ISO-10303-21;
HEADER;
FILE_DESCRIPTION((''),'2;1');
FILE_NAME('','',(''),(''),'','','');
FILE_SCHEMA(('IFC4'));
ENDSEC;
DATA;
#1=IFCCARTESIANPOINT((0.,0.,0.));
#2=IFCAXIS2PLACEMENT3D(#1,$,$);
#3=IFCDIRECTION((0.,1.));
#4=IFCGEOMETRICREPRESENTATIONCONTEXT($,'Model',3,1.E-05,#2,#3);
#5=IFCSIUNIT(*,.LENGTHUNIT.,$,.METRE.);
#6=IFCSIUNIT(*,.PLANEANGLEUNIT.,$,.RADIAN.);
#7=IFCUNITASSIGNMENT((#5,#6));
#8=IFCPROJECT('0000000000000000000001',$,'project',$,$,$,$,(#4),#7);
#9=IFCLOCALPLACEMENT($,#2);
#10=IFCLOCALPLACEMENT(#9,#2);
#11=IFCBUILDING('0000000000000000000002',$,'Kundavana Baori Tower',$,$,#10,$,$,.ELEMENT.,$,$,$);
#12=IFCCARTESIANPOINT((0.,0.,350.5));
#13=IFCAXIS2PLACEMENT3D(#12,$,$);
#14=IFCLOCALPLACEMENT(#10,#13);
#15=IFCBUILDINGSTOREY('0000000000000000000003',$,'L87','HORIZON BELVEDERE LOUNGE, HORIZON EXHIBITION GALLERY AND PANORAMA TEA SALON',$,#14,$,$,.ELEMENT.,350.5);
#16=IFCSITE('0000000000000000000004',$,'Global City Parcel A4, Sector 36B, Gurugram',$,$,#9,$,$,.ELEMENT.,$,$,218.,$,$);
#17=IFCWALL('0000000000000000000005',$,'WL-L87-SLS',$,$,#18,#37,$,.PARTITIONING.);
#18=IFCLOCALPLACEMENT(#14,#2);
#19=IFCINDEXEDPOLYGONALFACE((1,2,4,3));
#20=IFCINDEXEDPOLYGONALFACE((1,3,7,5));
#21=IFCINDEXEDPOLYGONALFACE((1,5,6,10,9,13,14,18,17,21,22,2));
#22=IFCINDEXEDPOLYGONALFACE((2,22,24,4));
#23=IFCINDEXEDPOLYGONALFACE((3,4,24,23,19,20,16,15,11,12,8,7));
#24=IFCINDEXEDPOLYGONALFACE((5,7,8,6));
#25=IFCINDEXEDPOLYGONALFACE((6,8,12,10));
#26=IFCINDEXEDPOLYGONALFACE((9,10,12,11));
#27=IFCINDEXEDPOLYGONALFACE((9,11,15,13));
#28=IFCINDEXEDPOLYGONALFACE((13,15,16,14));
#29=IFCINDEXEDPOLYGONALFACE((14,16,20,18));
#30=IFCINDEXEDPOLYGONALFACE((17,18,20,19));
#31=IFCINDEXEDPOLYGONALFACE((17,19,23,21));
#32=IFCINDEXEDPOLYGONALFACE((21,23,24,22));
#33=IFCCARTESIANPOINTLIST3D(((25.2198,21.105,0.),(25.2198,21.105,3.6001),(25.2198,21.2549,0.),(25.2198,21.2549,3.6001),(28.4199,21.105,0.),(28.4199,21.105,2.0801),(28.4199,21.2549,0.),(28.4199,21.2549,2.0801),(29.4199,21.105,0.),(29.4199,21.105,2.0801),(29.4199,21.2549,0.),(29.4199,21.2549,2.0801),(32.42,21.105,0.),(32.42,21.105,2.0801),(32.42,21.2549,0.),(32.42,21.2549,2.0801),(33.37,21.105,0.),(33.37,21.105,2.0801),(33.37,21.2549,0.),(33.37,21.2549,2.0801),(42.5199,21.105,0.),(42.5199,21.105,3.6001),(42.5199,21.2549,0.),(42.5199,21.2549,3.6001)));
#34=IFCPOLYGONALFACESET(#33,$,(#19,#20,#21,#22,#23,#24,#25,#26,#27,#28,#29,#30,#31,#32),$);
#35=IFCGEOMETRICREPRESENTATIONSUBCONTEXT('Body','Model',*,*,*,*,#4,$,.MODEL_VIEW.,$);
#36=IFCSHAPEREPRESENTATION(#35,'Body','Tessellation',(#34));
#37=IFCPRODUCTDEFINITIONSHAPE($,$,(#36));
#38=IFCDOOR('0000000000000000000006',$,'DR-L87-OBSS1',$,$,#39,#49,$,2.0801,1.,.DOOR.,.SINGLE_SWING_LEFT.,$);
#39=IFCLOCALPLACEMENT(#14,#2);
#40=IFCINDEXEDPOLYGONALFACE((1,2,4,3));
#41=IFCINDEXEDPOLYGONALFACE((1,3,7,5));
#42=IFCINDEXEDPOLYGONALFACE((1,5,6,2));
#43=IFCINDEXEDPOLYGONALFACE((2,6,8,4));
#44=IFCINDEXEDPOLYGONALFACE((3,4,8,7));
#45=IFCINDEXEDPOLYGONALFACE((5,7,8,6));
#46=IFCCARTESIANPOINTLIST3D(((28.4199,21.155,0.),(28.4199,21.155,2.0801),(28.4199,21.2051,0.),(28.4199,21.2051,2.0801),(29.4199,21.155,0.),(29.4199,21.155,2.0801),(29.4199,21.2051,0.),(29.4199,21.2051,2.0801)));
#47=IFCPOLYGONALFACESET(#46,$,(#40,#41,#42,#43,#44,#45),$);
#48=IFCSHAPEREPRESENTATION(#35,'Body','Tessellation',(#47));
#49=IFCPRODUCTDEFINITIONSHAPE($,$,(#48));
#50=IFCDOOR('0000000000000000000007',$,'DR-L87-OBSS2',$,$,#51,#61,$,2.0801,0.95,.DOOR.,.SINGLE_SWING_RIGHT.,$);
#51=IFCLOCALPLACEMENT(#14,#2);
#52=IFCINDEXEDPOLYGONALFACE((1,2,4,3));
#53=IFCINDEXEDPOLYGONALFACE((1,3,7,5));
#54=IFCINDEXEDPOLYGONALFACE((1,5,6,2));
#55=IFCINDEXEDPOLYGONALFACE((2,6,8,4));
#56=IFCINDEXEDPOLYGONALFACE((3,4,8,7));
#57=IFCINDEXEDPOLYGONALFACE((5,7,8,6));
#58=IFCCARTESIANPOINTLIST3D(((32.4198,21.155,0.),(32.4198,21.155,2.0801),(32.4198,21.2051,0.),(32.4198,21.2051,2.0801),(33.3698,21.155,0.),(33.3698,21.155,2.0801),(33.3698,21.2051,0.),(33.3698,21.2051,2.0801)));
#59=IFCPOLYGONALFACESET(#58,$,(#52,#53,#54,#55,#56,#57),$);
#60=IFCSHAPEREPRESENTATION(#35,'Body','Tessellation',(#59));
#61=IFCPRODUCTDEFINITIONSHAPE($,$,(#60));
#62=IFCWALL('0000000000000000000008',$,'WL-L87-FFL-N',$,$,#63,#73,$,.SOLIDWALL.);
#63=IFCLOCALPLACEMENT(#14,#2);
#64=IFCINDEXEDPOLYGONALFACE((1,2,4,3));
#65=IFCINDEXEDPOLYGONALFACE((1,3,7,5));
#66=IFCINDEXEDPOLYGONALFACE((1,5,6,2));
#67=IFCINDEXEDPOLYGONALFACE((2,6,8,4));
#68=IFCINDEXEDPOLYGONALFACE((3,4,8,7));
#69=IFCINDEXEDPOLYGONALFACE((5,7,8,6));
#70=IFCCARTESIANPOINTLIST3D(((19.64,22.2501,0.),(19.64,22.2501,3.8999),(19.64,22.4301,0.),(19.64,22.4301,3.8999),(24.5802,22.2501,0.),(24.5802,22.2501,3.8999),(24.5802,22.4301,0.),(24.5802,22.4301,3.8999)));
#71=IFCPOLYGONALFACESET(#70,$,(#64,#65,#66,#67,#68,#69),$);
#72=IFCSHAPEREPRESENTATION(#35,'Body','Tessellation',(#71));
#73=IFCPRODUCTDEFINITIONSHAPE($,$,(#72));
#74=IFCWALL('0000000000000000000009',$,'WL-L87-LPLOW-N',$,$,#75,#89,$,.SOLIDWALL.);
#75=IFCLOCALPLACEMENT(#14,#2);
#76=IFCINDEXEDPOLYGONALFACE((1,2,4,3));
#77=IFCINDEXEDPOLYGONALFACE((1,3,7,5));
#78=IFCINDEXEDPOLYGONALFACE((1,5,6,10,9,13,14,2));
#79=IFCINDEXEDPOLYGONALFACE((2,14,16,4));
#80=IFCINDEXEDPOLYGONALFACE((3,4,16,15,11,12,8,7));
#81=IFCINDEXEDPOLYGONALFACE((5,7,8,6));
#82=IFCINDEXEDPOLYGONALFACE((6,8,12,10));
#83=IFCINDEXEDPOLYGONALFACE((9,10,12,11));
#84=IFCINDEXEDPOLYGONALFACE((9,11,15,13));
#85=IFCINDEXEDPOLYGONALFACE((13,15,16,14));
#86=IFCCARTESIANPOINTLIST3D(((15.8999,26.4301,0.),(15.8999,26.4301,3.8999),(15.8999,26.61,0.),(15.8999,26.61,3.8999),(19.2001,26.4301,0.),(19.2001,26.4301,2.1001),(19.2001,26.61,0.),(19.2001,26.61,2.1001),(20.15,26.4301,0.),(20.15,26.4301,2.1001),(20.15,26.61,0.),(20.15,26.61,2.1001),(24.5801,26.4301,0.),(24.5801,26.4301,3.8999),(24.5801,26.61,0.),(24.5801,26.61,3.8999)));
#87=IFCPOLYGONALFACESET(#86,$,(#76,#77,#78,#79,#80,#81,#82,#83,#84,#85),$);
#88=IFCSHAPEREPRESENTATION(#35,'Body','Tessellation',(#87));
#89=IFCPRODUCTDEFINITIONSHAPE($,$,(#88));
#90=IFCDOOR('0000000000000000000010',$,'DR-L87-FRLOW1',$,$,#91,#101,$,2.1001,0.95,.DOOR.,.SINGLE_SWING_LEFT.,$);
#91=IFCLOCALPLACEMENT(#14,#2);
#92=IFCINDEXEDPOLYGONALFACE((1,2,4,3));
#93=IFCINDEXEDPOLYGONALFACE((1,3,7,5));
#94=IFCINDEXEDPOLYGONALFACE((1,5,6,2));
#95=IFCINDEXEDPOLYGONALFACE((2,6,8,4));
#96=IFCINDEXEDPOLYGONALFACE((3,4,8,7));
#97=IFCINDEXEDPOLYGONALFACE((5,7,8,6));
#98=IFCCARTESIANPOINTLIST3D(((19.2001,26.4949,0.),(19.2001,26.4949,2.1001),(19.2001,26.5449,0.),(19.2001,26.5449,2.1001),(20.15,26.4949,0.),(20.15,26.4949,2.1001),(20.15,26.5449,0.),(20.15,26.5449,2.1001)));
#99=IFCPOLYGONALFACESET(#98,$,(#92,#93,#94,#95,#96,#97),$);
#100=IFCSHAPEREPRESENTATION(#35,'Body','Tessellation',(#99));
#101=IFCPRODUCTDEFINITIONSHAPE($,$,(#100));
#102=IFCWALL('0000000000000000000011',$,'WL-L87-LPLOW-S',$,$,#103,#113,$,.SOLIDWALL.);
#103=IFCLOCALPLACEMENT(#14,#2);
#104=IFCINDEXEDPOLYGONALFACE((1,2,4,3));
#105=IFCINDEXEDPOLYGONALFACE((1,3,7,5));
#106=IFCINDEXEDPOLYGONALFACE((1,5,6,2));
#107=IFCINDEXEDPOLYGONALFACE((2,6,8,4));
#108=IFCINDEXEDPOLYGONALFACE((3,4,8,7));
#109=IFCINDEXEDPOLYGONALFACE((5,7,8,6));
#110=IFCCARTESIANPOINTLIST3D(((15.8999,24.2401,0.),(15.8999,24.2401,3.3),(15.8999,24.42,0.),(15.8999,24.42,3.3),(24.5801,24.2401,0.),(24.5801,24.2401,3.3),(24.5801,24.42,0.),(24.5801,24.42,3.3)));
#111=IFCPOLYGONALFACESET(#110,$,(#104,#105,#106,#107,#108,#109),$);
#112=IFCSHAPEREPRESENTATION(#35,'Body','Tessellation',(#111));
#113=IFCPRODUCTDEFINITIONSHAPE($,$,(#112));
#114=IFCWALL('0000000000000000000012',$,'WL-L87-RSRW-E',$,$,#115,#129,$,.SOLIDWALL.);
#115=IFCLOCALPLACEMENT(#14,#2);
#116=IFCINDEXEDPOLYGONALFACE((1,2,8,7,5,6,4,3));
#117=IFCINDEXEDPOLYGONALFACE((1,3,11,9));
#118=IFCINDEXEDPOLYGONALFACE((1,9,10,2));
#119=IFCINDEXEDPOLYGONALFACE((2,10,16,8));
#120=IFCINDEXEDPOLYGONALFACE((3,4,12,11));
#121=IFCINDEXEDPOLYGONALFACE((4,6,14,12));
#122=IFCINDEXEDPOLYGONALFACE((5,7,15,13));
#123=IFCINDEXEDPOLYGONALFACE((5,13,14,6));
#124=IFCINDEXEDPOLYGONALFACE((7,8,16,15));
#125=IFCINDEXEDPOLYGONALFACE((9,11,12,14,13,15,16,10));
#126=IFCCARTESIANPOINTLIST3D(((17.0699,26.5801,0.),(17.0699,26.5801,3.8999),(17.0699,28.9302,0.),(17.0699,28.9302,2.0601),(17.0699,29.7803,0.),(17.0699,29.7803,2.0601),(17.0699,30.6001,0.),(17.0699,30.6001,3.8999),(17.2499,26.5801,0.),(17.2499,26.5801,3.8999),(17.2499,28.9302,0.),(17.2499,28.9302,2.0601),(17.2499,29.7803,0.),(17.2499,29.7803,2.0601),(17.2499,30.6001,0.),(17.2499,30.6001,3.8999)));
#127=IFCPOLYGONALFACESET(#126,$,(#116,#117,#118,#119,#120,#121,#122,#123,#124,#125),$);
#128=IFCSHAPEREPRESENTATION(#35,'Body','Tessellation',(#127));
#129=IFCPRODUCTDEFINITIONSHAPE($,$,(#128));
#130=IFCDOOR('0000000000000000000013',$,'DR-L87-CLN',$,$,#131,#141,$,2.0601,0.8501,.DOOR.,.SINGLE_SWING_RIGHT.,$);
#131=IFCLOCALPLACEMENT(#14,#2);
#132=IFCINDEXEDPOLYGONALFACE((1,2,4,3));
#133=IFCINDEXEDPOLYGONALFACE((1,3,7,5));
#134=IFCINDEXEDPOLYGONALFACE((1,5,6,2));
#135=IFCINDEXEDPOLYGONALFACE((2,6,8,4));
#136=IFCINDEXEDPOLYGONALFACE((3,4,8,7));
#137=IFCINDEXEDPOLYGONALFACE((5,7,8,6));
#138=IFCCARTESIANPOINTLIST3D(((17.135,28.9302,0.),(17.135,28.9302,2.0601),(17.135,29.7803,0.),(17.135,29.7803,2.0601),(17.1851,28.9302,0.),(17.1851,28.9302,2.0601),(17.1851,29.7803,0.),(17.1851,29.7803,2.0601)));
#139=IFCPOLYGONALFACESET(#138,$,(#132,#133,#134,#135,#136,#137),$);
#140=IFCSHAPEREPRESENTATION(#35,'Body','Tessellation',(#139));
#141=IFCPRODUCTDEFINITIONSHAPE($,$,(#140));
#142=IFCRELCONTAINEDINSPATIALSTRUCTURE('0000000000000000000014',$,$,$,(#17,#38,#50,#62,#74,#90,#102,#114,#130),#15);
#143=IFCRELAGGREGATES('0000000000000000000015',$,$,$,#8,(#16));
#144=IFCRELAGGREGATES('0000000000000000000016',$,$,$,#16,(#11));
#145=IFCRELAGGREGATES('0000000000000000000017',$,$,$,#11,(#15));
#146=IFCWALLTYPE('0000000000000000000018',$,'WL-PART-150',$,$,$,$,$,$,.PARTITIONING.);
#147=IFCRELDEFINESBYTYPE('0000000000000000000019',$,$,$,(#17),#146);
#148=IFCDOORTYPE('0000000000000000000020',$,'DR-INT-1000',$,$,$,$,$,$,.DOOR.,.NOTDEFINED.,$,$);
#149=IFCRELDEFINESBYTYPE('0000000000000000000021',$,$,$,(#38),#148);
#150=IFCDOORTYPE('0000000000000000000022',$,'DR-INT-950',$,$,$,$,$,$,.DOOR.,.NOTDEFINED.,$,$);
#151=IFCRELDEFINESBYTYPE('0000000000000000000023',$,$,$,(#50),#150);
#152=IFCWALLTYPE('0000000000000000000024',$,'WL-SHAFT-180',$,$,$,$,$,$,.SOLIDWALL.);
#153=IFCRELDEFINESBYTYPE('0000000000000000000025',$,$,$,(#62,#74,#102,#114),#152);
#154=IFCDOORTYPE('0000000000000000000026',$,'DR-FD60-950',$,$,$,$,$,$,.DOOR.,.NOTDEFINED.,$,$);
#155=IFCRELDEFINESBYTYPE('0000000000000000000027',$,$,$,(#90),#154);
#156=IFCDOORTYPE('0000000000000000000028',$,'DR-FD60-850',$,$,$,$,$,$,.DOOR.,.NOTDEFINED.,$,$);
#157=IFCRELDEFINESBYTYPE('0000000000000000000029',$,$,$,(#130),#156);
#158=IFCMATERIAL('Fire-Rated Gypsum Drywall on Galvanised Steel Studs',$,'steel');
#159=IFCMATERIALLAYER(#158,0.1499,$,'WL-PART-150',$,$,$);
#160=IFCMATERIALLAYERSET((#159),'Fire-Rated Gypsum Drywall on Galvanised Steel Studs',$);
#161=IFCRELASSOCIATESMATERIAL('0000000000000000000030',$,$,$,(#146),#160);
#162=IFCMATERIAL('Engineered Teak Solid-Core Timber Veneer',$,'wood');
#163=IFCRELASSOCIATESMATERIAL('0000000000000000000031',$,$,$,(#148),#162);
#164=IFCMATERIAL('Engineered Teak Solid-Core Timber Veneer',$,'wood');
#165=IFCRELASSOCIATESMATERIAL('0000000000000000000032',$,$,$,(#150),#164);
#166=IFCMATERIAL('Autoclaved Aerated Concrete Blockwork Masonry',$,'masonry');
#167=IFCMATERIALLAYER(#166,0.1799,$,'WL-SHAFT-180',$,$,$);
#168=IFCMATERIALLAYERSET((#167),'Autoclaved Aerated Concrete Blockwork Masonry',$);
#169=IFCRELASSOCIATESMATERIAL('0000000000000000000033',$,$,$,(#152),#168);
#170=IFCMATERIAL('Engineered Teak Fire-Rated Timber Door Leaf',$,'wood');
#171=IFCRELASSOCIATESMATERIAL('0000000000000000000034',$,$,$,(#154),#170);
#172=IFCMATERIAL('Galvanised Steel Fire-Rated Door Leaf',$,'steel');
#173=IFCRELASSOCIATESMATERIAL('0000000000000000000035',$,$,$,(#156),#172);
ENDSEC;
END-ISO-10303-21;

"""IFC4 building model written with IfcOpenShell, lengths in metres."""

from ifc_helpers import new_model, si_unit, direction, frame, frame_2d, origin, place, context, subcontext, project, spatial, rectangle, extrude, material, layer, layer_set, type_object, element, fill, save


model = new_model("IFC4")

# Units and contexts
model_context = context("Model", 3, precision=1e-05, world=origin(), true_north=direction((0.0, 1.0)))
body_context = subcontext(model_context, "Body", "Model", "MODEL_VIEW")
ifc_project = project(units=[si_unit("LENGTHUNIT", "METRE"), si_unit("PLANEANGLEUNIT", "RADIAN")], contexts=[model_context])

# Site, building, storey
site_placement = place(None, origin())
site = spatial("IfcSite", under=ifc_project, at=site_placement, Name="Global City Parcel A4, Sector 36B, Gurugram", CompositionType="ELEMENT", RefElevation=218.0)
building_placement = place(site_placement, origin())
building = spatial("IfcBuilding", under=site, at=building_placement, Name="Kundavana Baori Tower", CompositionType="ELEMENT")
storey_placement = place(building_placement, frame((0.0, 0.0, 350.5)))
storey = spatial("IfcBuildingStorey", under=building, at=storey_placement, Name="L87", Description="HORIZON BELVEDERE LOUNGE, HORIZON EXHIBITION GALLERY AND PANORAMA TEA SALON", CompositionType="ELEMENT", Elevation=350.5)

# Wall, openings, doors
ifc_material_1 = material(Name="Fire-Rated Gypsum Drywall on Galvanised Steel Studs", Category="steel")
ifc_layer_1 = layer(ifc_material_1, 0.1499, Name="WL-PART-150")
ifc_layer_set_1 = layer_set([ifc_layer_1], Name="Fire-Rated Gypsum Drywall on Galvanised Steel Studs")
wall_type_1 = type_object("IfcWallType", Name="WL-PART-150", PredefinedType="PARTITIONING", material=ifc_layer_set_1)
wall_1_placement = place(storey_placement, frame((25.22, 21.1799, 0.0), z_axis=(0.0, 0.0, 1.0), x_axis=(1.0, 0.0, 0.0)))
wall_1 = element("IfcWall", 1, at=wall_1_placement, inside=storey, type_object=wall_type_1, Name="WL-L87-SLS", PredefinedType="PARTITIONING", context=body_context, shape_type="SweptSolid", body=[
    extrude(rectangle(XDim=17.3, YDim=0.1499, at=frame_2d((8.6499, 0.0))), origin(), (0.0, 0.0, 1.0), 3.6001),
])
opening_1_placement = place(wall_1_placement, frame((3.2, 0.0, 0.0)))
opening_1 = element("IfcOpeningElement", 2, at=opening_1_placement, cuts=wall_1, PredefinedType="OPENING", context=body_context, shape_type="SweptSolid", body=[
    extrude(rectangle(XDim=1.0, YDim=2.0801, at=frame_2d((0.5, 1.04))), frame((0.0, 0.085, 0.0), z_axis=(0.0, -1.0, 0.0), x_axis=(1.0, 0.0, 0.0)), (0.0, 0.0, 1.0), 0.1699),
])
opening_2_placement = place(wall_1_placement, frame((7.2, 0.0, 0.0)))
opening_2 = element("IfcOpeningElement", 3, at=opening_2_placement, cuts=wall_1, PredefinedType="OPENING", context=body_context, shape_type="SweptSolid", body=[
    extrude(rectangle(XDim=0.95, YDim=2.0801, at=frame_2d((0.4751, 1.04))), frame((0.0, 0.085, 0.0), z_axis=(0.0, -1.0, 0.0), x_axis=(1.0, 0.0, 0.0)), (0.0, 0.0, 1.0), 0.1699),
])
ifc_material_2 = material(Name="Engineered Teak Solid-Core Timber Veneer", Category="wood")
door_type_1 = type_object("IfcDoorType", Name="DR-INT-1000", OperationType="NOTDEFINED", PredefinedType="DOOR", material=ifc_material_2)
door_1_placement = place(opening_1_placement, frame((1.0, 0.0, 0.0), z_axis=(0.0, 0.0, 1.0), x_axis=(-1.0, 0.0, 0.0)))
door_1 = element("IfcDoor", 4, at=door_1_placement, inside=storey, type_object=door_type_1, Name="DR-L87-OBSS1", OperationType="SINGLE_SWING_LEFT", OverallHeight=2.0801, OverallWidth=1.0, PredefinedType="DOOR", context=body_context, shape_type="SweptSolid", body=[
    extrude(rectangle(XDim=1.0, YDim=2.0801, at=frame_2d((0.5, 1.04))), frame((0.0, 0.0249, 0.0), z_axis=(0.0, -1.0, 0.0), x_axis=(1.0, 0.0, 0.0)), (0.0, 0.0, 1.0), 0.05),
])
fill(opening_1, door_1)
ifc_material_3 = material(Name="Engineered Teak Solid-Core Timber Veneer", Category="wood")
door_type_2 = type_object("IfcDoorType", Name="DR-INT-950", OperationType="NOTDEFINED", PredefinedType="DOOR", material=ifc_material_3)
door_2_placement = place(opening_2_placement, frame((0.95, 0.0, 0.0), z_axis=(0.0, 0.0, 1.0), x_axis=(-1.0, 0.0, 0.0)))
door_2 = element("IfcDoor", 5, at=door_2_placement, inside=storey, type_object=door_type_2, Name="DR-L87-OBSS2", OperationType="SINGLE_SWING_RIGHT", OverallHeight=2.0801, OverallWidth=0.95, PredefinedType="DOOR", context=body_context, shape_type="SweptSolid", body=[
    extrude(rectangle(XDim=0.95, YDim=2.0801, at=frame_2d((0.4751, 1.04))), frame((0.0, 0.0249, 0.0), z_axis=(0.0, -1.0, 0.0), x_axis=(1.0, 0.0, 0.0)), (0.0, 0.0, 1.0), 0.05),
])
fill(opening_2, door_2)

# Wall
ifc_material_4 = material(Name="Autoclaved Aerated Concrete Blockwork Masonry", Category="masonry")
ifc_layer_2 = layer(ifc_material_4, 0.1799, Name="WL-SHAFT-180")
ifc_layer_set_2 = layer_set([ifc_layer_2], Name="Autoclaved Aerated Concrete Blockwork Masonry")
wall_type_2 = type_object("IfcWallType", Name="WL-SHAFT-180", PredefinedType="SOLIDWALL", material=ifc_layer_set_2)
wall_2_placement = place(storey_placement, frame((19.6399, 22.3401, 0.0), z_axis=(0.0, 0.0, 1.0), x_axis=(1.0, 0.0, 0.0)))
element("IfcWall", 6, at=wall_2_placement, inside=storey, type_object=wall_type_2, Name="WL-L87-FFL-N", PredefinedType="SOLIDWALL", context=body_context, shape_type="SweptSolid", body=[
    extrude(rectangle(XDim=4.9402, YDim=0.1799, at=frame_2d((2.4702, 0.0))), origin(), (0.0, 0.0, 1.0), 3.8999),
])

# Wall, opening, door
wall_3_placement = place(storey_placement, frame((15.8999, 26.52, 0.0), z_axis=(0.0, 0.0, 1.0), x_axis=(1.0, 0.0, 0.0)))
wall_3 = element("IfcWall", 7, at=wall_3_placement, inside=storey, type_object=wall_type_2, Name="WL-L87-LPLOW-N", PredefinedType="SOLIDWALL", context=body_context, shape_type="SweptSolid", body=[
    extrude(rectangle(XDim=8.6802, YDim=0.1799, at=frame_2d((4.3401, 0.0))), origin(), (0.0, 0.0, 1.0), 3.8999),
])
opening_3_placement = place(wall_3_placement, frame((3.3, 0.0, 0.0)))
opening_3 = element("IfcOpeningElement", 8, at=opening_3_placement, cuts=wall_3, PredefinedType="OPENING", context=body_context, shape_type="SweptSolid", body=[
    extrude(rectangle(XDim=0.95, YDim=2.1001, at=frame_2d((0.4751, 1.05))), frame((0.0, 0.1001, 0.0), z_axis=(0.0, -1.0, 0.0), x_axis=(1.0, 0.0, 0.0)), (0.0, 0.0, 1.0), 0.2),
])
ifc_material_5 = material(Name="Engineered Teak Fire-Rated Timber Door Leaf", Category="wood")
door_type_3 = type_object("IfcDoorType", Name="DR-FD60-950", OperationType="NOTDEFINED", PredefinedType="DOOR", material=ifc_material_5)
door_3_placement = place(opening_3_placement, origin())
door_3 = element("IfcDoor", 9, at=door_3_placement, inside=storey, type_object=door_type_3, Name="DR-L87-FRLOW1", OperationType="SINGLE_SWING_LEFT", OverallHeight=2.1001, OverallWidth=0.95, PredefinedType="DOOR", context=body_context, shape_type="SweptSolid", body=[
    extrude(rectangle(XDim=0.95, YDim=2.1001, at=frame_2d((0.4751, 1.05))), frame((0.0, 0.0249, 0.0), z_axis=(0.0, -1.0, 0.0), x_axis=(1.0, 0.0, 0.0)), (0.0, 0.0, 1.0), 0.05),
])
fill(opening_3, door_3)

# Wall
wall_4_placement = place(storey_placement, frame((15.8999, 24.3301, 0.0), z_axis=(0.0, 0.0, 1.0), x_axis=(1.0, 0.0, 0.0)))
element("IfcWall", 10, at=wall_4_placement, inside=storey, type_object=wall_type_2, Name="WL-L87-LPLOW-S", PredefinedType="SOLIDWALL", context=body_context, shape_type="SweptSolid", body=[
    extrude(rectangle(XDim=8.6802, YDim=0.1799, at=frame_2d((4.3401, 0.0))), origin(), (0.0, 0.0, 1.0), 3.3),
])

# Wall, opening, door
wall_5_placement = place(storey_placement, frame((17.1599, 26.5801, 0.0), z_axis=(0.0, 0.0, 1.0), x_axis=(0.0, 1.0, 0.0)))
wall_5 = element("IfcWall", 11, at=wall_5_placement, inside=storey, type_object=wall_type_2, Name="WL-L87-RSRW-E", PredefinedType="SOLIDWALL", context=body_context, shape_type="SweptSolid", body=[
    extrude(rectangle(XDim=4.02, YDim=0.1799, at=frame_2d((2.01, 0.0))), origin(), (0.0, 0.0, 1.0), 3.8999),
])
opening_4_placement = place(wall_5_placement, frame((2.3501, 0.0, 0.0)))
opening_4 = element("IfcOpeningElement", 12, at=opening_4_placement, cuts=wall_5, PredefinedType="OPENING", context=body_context, shape_type="SweptSolid", body=[
    extrude(rectangle(XDim=0.8501, YDim=2.0601, at=frame_2d((0.425, 1.03))), frame((0.0, 0.1001, 0.0), z_axis=(0.0, -1.0, 0.0), x_axis=(1.0, 0.0, 0.0)), (0.0, 0.0, 1.0), 0.2),
])
ifc_material_6 = material(Name="Galvanised Steel Fire-Rated Door Leaf", Category="steel")
door_type_4 = type_object("IfcDoorType", Name="DR-FD60-850", OperationType="NOTDEFINED", PredefinedType="DOOR", material=ifc_material_6)
door_4_placement = place(opening_4_placement, origin())
door_4 = element("IfcDoor", 13, at=door_4_placement, inside=storey, type_object=door_type_4, Name="DR-L87-CLN", OperationType="SINGLE_SWING_RIGHT", OverallHeight=2.0601, OverallWidth=0.8501, PredefinedType="DOOR", context=body_context, shape_type="SweptSolid", body=[
    extrude(rectangle(XDim=0.8501, YDim=2.0601, at=frame_2d((0.425, 1.03))), frame((0.0, 0.0249, 0.0), z_axis=(0.0, -1.0, 0.0), x_axis=(1.0, 0.0, 0.0)), (0.0, 0.0, 1.0), 0.05),
])
fill(opening_4, door_4)

save(model, "model.ifc")
